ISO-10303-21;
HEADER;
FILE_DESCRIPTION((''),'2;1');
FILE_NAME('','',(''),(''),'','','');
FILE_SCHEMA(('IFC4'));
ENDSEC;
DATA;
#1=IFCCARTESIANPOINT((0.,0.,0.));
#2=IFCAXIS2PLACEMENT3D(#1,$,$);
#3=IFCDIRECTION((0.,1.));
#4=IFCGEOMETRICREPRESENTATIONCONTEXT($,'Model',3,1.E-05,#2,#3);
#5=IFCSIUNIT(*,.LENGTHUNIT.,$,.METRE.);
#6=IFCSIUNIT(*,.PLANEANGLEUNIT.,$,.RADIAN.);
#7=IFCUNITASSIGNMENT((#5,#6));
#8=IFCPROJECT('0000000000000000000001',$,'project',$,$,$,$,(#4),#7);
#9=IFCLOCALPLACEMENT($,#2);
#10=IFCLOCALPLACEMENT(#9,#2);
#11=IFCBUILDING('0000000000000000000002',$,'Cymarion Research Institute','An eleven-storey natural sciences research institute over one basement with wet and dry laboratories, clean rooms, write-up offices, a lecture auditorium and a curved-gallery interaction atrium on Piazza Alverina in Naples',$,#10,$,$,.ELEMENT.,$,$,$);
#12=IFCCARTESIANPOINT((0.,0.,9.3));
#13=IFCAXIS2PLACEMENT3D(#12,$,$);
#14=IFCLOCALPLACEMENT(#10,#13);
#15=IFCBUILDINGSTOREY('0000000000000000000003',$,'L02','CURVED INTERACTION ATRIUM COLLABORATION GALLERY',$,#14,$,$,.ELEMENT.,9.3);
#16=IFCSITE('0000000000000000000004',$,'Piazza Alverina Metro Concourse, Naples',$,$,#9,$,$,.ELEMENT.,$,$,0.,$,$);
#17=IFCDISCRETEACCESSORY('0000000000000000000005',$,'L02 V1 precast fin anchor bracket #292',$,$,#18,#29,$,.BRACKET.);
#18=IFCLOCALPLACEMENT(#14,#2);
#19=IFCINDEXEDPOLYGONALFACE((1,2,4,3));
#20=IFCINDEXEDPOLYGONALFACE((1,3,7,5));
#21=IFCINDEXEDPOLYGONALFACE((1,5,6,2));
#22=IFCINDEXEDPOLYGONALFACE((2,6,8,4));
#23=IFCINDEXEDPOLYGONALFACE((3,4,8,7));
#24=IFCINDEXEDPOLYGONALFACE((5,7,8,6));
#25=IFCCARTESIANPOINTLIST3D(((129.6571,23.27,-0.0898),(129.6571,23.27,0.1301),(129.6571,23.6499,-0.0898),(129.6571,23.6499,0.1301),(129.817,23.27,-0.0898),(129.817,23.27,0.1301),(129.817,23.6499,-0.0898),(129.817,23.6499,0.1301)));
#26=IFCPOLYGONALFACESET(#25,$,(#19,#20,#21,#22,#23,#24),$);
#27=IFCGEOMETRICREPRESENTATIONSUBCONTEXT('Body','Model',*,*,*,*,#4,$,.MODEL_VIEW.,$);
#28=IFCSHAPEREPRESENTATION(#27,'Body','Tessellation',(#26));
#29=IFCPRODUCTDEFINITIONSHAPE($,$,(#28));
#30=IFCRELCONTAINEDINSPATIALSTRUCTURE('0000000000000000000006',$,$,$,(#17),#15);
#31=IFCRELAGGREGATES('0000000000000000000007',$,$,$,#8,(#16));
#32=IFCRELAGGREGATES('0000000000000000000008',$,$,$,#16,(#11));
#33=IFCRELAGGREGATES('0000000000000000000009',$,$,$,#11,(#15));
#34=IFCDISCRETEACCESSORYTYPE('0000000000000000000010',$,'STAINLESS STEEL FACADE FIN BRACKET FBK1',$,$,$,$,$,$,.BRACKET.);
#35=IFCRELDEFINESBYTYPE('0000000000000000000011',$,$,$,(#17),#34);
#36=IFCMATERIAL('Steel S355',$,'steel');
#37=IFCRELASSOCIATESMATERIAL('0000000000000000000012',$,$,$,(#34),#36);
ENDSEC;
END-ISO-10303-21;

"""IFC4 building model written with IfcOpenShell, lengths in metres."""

from ifc_helpers import new_model, si_unit, direction, frame, origin, origin_2d, place, context, subcontext, project, spatial, rectangle, extrude, material, type_object, element, save


model = new_model("IFC4")

# Units and contexts
model_context = context("Model", 3, precision=1e-05, world=origin(), true_north=direction((0.0, 1.0)))
body_context = subcontext(model_context, "Body", "Model", "MODEL_VIEW")
ifc_project = project(units=[si_unit("LENGTHUNIT", "METRE"), si_unit("PLANEANGLEUNIT", "RADIAN")], contexts=[model_context])

# Site, building, storey
site_placement = place(None, origin())
site = spatial("IfcSite", under=ifc_project, at=site_placement, Name="Piazza Alverina Metro Concourse, Naples", CompositionType="ELEMENT", RefElevation=0.0)
building_placement = place(site_placement, origin())
building = spatial("IfcBuilding", under=site, at=building_placement, Name="Cymarion Research Institute", Description="An eleven-storey natural sciences research institute over one basement with wet and dry laboratories, clean rooms, write-up offices, a lecture auditorium and a curved-gallery interaction atrium on Piazza Alverina in Naples", CompositionType="ELEMENT")
storey_placement = place(building_placement, frame((0.0, 0.0, 9.3)))
storey = spatial("IfcBuildingStorey", under=building, at=storey_placement, Name="L02", Description="CURVED INTERACTION ATRIUM COLLABORATION GALLERY", CompositionType="ELEMENT", Elevation=9.3)

# Shared definitions
ifc_material_1 = material(Name="Steel S355", Category="steel")

# Discrete accessory
discrete_accessory_type = type_object("IfcDiscreteAccessoryType", Name="STAINLESS STEEL FACADE FIN BRACKET FBK1", PredefinedType="BRACKET", material=ifc_material_1)
for number, where, z_axis, x_axis, name in (
    (1, (129.7371, 23.46, -0.0898), (0.0, 0.0, 1.0), (0.0, 1.0, 0.0), "L02 V1 precast fin anchor bracket #292"),
):
    element("IfcDiscreteAccessory", number, at=place(storey_placement, frame(where, z_axis=z_axis, x_axis=x_axis)), inside=storey, type_object=discrete_accessory_type, Name=name, PredefinedType="BRACKET", context=body_context, shape_type="SweptSolid", body=[
        extrude(rectangle(XDim=0.3799, YDim=0.1599, at=origin_2d()), origin(), (0.0, 0.0, 1.0), 0.22),
    ])

save(model, "model.ifc")
